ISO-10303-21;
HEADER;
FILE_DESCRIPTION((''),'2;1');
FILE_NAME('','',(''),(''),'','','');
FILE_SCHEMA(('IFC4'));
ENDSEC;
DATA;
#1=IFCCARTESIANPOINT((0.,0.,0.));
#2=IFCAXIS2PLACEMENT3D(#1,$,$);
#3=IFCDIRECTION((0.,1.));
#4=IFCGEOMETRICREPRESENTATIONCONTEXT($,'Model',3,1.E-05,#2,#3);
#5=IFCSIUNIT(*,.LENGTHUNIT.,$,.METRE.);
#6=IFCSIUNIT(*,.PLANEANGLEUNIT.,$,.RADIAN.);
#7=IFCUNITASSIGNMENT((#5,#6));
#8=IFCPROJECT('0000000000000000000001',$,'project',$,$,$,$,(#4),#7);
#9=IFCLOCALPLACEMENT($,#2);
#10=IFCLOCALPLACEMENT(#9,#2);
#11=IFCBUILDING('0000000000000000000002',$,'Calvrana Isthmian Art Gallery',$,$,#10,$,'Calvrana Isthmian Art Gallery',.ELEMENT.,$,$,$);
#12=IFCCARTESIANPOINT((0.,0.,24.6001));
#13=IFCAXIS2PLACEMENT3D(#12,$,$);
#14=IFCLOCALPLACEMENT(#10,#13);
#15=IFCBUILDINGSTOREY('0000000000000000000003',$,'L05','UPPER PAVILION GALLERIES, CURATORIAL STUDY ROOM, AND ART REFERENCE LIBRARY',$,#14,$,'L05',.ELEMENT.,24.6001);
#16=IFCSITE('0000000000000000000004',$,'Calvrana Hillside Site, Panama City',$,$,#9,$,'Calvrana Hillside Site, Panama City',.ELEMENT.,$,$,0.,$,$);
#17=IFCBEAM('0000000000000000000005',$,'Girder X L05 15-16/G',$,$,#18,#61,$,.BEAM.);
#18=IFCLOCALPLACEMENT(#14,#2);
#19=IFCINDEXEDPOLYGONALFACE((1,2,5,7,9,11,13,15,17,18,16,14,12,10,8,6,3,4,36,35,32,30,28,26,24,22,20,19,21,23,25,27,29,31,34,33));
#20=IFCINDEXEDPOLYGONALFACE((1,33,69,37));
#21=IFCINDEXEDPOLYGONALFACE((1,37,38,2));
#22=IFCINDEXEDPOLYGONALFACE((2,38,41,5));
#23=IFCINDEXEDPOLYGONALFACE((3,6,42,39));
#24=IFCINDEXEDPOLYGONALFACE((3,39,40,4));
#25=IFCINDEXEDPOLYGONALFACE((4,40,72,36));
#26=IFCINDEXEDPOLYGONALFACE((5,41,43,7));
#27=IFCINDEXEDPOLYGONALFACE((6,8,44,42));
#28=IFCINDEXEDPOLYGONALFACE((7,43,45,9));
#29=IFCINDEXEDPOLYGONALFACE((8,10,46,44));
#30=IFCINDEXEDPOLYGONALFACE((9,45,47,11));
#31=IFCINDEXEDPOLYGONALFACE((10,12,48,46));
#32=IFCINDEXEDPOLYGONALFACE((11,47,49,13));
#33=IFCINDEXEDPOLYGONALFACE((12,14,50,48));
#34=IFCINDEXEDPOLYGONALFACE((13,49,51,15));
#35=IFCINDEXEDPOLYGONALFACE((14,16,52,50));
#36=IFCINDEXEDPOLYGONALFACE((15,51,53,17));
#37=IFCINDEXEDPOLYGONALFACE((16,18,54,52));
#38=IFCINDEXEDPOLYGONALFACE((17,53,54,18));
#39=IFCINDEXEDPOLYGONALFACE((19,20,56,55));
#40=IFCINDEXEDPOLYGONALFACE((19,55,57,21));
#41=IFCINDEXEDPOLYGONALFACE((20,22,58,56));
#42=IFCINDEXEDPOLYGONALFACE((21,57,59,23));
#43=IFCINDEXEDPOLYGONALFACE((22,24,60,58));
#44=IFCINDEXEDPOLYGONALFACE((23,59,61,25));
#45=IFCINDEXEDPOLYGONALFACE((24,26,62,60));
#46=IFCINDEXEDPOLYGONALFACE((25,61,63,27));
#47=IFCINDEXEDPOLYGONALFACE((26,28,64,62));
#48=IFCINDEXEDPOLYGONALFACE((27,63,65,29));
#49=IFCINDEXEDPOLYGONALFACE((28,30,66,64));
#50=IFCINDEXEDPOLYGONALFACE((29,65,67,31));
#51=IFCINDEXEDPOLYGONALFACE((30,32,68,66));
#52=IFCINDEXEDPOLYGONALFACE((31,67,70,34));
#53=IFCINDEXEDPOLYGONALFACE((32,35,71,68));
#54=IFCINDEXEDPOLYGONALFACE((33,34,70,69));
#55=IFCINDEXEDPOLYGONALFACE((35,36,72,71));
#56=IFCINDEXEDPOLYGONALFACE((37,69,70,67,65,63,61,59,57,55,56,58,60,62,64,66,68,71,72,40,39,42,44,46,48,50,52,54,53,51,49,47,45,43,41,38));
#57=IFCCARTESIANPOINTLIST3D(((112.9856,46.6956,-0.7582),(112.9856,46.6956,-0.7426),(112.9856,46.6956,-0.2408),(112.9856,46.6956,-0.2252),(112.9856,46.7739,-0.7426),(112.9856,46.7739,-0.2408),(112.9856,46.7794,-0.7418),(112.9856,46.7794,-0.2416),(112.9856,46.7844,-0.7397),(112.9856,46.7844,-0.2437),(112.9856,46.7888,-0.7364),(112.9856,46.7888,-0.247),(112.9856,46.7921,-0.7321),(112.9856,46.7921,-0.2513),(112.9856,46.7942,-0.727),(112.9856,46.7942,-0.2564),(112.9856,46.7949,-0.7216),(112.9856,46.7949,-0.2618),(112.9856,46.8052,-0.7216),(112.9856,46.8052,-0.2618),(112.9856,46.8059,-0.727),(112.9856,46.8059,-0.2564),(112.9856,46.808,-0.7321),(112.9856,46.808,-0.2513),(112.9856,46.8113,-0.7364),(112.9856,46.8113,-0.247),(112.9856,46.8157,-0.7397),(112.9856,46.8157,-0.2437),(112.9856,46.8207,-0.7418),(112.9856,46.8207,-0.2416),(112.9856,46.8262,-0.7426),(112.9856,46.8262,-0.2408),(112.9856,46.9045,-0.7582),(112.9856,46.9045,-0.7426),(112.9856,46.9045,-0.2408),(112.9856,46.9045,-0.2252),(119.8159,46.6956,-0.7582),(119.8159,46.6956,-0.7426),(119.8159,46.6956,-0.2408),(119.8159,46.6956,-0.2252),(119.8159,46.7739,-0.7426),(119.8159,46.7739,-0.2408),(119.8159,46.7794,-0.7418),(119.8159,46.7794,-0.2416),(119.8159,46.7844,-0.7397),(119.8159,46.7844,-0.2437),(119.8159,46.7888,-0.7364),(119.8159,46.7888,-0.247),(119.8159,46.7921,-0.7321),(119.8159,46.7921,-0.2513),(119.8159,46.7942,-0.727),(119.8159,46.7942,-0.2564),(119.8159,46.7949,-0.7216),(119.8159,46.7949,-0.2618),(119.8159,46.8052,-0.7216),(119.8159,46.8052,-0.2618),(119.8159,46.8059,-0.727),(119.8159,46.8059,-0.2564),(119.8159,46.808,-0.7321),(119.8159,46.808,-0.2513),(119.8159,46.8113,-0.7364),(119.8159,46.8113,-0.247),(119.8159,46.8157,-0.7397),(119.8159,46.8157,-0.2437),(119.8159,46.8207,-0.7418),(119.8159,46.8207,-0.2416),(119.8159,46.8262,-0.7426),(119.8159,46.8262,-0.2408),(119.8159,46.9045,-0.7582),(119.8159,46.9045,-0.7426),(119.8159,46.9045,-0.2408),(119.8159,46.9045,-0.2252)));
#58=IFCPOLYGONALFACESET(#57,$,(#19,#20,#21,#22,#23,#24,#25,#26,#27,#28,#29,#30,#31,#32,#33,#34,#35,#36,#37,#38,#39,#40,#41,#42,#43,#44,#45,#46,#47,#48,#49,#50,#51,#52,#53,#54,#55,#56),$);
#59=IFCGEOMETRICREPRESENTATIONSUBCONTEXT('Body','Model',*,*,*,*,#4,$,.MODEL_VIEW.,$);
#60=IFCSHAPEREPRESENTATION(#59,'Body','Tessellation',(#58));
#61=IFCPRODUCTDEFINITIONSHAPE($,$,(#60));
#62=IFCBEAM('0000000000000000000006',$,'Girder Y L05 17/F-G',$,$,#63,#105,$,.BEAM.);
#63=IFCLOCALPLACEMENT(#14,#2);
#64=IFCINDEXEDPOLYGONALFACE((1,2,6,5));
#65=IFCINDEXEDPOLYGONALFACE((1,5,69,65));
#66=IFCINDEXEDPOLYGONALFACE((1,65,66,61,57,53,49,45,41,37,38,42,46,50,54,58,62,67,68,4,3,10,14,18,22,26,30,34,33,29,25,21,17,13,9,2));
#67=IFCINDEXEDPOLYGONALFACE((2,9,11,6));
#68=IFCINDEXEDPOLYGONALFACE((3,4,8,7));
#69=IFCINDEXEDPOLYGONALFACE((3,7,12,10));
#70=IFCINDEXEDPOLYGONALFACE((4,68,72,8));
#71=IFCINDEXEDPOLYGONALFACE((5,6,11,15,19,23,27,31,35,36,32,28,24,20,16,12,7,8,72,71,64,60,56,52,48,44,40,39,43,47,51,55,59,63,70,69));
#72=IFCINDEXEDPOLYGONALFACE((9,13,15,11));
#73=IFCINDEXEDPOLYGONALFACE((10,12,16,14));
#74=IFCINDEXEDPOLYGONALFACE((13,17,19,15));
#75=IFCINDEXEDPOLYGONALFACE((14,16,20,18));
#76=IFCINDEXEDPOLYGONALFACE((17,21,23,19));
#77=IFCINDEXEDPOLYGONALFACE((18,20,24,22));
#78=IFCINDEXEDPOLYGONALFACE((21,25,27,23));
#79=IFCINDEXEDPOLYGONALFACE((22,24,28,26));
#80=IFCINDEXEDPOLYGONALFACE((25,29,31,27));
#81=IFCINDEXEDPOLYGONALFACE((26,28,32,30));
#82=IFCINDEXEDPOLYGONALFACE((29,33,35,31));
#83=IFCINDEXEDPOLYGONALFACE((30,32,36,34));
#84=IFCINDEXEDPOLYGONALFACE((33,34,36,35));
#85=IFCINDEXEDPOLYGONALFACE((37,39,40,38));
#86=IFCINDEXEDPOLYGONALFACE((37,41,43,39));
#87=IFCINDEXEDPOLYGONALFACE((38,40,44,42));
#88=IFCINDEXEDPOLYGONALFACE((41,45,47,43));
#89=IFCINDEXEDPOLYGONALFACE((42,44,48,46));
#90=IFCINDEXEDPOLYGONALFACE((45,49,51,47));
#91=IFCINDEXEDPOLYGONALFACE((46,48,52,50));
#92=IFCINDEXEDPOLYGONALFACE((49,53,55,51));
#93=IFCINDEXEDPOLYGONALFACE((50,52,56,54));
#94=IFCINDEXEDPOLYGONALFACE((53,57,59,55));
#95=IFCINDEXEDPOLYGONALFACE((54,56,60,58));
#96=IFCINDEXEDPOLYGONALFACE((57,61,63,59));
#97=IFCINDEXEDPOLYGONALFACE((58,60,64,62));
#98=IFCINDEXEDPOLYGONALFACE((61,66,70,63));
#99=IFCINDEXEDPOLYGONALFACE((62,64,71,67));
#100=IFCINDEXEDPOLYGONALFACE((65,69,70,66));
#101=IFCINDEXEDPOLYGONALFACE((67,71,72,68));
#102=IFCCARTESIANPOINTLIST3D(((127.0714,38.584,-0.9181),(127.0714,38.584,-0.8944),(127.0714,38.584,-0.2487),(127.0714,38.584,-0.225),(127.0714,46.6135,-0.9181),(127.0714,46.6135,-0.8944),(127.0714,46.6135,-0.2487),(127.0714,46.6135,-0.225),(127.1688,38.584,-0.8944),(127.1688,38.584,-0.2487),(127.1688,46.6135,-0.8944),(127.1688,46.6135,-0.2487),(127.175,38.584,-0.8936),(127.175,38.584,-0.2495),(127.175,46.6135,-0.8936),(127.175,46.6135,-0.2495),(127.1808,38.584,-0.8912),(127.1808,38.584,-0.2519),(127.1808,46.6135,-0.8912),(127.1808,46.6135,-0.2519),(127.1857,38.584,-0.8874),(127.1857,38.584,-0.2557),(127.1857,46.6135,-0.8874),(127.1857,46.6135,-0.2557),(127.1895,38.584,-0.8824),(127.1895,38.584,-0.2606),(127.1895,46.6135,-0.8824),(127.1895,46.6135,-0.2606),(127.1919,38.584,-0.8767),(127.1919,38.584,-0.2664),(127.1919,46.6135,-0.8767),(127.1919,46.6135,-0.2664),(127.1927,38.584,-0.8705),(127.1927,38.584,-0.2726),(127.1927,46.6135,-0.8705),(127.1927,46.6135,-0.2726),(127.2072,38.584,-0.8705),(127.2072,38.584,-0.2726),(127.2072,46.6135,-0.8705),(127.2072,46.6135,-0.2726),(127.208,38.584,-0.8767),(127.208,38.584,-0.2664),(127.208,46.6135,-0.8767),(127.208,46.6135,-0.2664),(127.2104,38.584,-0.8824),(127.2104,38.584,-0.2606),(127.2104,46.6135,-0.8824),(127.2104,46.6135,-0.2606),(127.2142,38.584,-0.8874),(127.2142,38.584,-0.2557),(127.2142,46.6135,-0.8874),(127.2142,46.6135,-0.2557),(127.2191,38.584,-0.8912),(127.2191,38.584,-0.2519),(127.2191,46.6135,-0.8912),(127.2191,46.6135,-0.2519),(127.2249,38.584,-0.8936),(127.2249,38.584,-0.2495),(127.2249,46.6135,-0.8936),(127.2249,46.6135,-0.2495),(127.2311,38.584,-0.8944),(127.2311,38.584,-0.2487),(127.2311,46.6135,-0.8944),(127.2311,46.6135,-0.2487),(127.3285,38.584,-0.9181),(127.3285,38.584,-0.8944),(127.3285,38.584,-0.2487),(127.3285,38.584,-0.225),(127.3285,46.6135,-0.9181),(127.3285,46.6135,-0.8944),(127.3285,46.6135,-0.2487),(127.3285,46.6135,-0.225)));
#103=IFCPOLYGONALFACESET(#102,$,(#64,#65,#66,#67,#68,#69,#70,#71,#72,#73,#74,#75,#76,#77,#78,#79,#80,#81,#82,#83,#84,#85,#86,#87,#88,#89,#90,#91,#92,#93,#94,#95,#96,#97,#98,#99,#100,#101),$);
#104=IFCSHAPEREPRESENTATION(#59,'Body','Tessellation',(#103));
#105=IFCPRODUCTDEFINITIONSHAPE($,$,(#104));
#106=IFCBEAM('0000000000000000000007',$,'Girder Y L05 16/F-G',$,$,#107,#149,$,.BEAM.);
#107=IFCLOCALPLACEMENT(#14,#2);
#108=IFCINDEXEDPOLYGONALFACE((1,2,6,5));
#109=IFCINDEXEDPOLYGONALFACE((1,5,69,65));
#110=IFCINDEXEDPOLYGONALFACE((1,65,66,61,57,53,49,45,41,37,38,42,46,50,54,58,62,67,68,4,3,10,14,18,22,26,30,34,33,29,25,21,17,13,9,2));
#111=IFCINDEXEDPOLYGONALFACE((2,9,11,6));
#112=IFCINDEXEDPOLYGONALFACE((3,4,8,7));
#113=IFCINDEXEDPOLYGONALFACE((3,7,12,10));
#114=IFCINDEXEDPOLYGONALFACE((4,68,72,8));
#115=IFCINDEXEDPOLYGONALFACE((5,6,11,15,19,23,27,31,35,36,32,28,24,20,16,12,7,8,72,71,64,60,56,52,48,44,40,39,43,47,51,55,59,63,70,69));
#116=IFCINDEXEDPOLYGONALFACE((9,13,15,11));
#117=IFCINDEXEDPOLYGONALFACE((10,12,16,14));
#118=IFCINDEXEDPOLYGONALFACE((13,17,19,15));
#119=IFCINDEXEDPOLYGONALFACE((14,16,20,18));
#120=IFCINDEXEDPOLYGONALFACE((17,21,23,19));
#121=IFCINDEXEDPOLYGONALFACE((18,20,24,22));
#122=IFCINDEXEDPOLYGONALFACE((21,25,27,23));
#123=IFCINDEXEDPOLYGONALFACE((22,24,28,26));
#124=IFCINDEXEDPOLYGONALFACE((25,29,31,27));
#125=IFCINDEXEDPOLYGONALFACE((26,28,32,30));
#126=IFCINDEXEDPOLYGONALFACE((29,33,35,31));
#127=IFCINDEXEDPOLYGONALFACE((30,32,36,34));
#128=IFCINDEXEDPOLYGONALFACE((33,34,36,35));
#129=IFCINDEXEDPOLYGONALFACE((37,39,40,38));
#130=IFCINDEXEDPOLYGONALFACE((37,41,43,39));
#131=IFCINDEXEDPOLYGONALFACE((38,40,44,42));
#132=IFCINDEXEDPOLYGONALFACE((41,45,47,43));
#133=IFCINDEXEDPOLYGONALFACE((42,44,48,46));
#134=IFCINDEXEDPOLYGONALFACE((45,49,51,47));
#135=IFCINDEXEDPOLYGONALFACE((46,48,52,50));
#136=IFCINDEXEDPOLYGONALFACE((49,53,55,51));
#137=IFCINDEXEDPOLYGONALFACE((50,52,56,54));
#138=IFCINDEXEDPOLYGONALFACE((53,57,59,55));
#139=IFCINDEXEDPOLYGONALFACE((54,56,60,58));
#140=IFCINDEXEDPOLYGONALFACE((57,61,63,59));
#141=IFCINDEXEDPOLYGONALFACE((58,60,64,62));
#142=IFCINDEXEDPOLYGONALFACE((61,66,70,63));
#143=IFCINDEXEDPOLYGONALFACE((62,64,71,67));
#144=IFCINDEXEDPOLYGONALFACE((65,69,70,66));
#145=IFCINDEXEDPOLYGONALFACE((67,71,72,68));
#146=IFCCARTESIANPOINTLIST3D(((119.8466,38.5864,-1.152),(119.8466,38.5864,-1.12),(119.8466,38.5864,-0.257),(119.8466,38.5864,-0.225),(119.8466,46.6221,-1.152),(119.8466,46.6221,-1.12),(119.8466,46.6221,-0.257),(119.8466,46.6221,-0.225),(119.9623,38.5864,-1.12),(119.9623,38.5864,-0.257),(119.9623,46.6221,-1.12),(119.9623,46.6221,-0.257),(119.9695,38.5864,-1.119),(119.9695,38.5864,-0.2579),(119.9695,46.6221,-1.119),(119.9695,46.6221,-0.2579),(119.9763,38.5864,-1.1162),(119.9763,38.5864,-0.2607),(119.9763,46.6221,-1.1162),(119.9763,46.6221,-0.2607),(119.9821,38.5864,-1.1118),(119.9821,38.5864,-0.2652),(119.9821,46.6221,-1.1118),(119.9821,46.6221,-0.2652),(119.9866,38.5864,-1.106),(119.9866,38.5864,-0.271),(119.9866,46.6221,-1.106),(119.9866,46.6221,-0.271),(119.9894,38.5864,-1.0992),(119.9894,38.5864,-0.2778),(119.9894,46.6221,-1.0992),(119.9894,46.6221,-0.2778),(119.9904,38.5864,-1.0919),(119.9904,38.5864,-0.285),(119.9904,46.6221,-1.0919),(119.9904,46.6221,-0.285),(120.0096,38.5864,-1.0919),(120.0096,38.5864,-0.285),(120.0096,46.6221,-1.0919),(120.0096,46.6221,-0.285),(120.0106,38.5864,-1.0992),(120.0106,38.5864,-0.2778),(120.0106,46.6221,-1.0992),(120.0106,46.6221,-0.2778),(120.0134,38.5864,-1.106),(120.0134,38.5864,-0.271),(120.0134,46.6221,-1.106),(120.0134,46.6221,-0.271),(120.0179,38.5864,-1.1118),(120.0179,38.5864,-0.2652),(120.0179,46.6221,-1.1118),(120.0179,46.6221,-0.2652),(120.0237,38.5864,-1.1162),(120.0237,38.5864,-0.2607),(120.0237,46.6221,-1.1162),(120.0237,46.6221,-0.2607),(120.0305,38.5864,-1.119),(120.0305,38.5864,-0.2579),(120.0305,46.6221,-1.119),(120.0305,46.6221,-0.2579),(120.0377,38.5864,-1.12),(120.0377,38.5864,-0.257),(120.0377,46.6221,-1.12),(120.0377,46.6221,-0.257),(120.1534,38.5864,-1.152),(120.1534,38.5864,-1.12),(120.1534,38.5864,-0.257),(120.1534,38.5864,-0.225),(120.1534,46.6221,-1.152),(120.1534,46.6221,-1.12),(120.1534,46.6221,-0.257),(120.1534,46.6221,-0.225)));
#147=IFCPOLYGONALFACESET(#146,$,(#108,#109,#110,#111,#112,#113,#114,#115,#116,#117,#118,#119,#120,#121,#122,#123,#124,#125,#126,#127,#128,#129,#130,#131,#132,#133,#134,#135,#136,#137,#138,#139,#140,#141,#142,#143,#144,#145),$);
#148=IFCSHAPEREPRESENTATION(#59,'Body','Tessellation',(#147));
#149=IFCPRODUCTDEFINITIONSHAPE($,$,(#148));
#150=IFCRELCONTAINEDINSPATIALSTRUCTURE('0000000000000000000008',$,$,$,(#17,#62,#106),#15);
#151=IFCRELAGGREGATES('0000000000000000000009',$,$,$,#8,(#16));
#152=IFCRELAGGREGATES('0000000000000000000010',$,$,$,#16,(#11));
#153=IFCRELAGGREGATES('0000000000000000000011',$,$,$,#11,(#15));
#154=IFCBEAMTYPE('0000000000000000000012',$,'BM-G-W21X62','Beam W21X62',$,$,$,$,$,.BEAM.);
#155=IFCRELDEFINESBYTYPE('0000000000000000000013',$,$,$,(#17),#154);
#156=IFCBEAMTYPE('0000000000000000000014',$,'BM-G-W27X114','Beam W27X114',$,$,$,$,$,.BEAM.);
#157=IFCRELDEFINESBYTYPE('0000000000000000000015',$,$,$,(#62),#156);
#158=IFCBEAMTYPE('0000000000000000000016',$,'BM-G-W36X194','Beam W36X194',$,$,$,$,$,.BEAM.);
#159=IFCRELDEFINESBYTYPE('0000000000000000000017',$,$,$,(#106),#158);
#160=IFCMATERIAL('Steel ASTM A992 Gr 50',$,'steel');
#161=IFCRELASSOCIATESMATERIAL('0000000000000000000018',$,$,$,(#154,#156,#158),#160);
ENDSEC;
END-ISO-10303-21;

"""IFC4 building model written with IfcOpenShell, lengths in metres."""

from ifc_helpers import new_model, si_unit, direction, frame, origin, origin_2d, place, context, subcontext, project, spatial, i_section, extrude, material, material_profile, profile_set, type_object, element, save


model = new_model("IFC4")

# Units and contexts
model_context = context("Model", 3, precision=1e-05, world=origin(), true_north=direction((0.0, 1.0)))
body_context = subcontext(model_context, "Body", "Model", "MODEL_VIEW")
ifc_project = project(units=[si_unit("LENGTHUNIT", "METRE"), si_unit("PLANEANGLEUNIT", "RADIAN")], contexts=[model_context])

# Site, building, storey
site_placement = place(None, origin())
site = spatial("IfcSite", under=ifc_project, at=site_placement, Name="Calvrana Hillside Site, Panama City", LongName="Calvrana Hillside Site, Panama City", CompositionType="ELEMENT", RefElevation=0.0)
building_placement = place(site_placement, origin())
building = spatial("IfcBuilding", under=site, at=building_placement, Name="Calvrana Isthmian Art Gallery", LongName="Calvrana Isthmian Art Gallery", CompositionType="ELEMENT")
storey_placement = place(building_placement, frame((0.0, 0.0, 24.6001)))
storey = spatial("IfcBuildingStorey", under=building, at=storey_placement, Name="L05", Description="UPPER PAVILION GALLERIES, CURATORIAL STUDY ROOM, AND ART REFERENCE LIBRARY", LongName="L05", CompositionType="ELEMENT", Elevation=24.6001)

# Beams
ifc_material_1 = material(Name="Steel ASTM A992 Gr 50", Category="steel")
ifc_material_profile_1 = material_profile(ifc_material_1, i_section(OverallWidth=0.209, OverallDepth=0.533, WebThickness=0.0103, FlangeThickness=0.0156, FilletRadius=0.021, at=origin_2d()), Name="W21X62")
ifc_profile_set_1 = profile_set([ifc_material_profile_1], Name="Steel ASTM A992 Gr 50")
beam_type_1 = type_object("IfcBeamType", Name="BM-G-W21X62", Description="Beam W21X62", PredefinedType="BEAM", material=ifc_profile_set_1)
beam_1_placement = place(storey_placement, frame((112.9856, 46.8, -0.4917), z_axis=(1.0, 0.0, 0.0), x_axis=(0.0, 1.0, 0.0)))
element("IfcBeam", 1, at=beam_1_placement, inside=storey, type_object=beam_type_1, Name="Girder X L05 15-16/G", PredefinedType="BEAM", context=body_context, shape_type="SweptSolid", body=[
    extrude(i_section(OverallWidth=0.209, OverallDepth=0.533, WebThickness=0.0103, FlangeThickness=0.0156, FilletRadius=0.021, at=origin_2d()), origin(), (0.0, 0.0, 1.0), 6.8303),
])
ifc_material_profile_2 = material_profile(ifc_material_1, i_section(OverallWidth=0.2571, OverallDepth=0.6931, WebThickness=0.0144, FlangeThickness=0.0237, FilletRadius=0.0239, at=origin_2d()), Name="W27X114")
ifc_profile_set_2 = profile_set([ifc_material_profile_2], Name="Steel ASTM A992 Gr 50")
beam_type_2 = type_object("IfcBeamType", Name="BM-G-W27X114", Description="Beam W27X114", PredefinedType="BEAM", material=ifc_profile_set_2)
beam_2_placement = place(storey_placement, frame((127.2, 38.584, -0.5715), z_axis=(0.0, 1.0, 0.0), x_axis=(-1.0, 0.0, 0.0)))
element("IfcBeam", 2, at=beam_2_placement, inside=storey, type_object=beam_type_2, Name="Girder Y L05 17/F-G", PredefinedType="BEAM", context=body_context, shape_type="SweptSolid", body=[
    extrude(i_section(OverallWidth=0.2571, OverallDepth=0.6931, WebThickness=0.0144, FlangeThickness=0.0237, FilletRadius=0.0239, at=origin_2d()), origin(), (0.0, 0.0, 1.0), 8.0295),
])
ifc_material_profile_3 = material_profile(ifc_material_1, i_section(OverallWidth=0.3069, OverallDepth=0.927, WebThickness=0.0193, FlangeThickness=0.032, FilletRadius=0.0281, at=origin_2d()), Name="W36X194")
ifc_profile_set_3 = profile_set([ifc_material_profile_3], Name="Steel ASTM A992 Gr 50")
beam_type_3 = type_object("IfcBeamType", Name="BM-G-W36X194", Description="Beam W36X194", PredefinedType="BEAM", material=ifc_profile_set_3)
beam_3_placement = place(storey_placement, frame((120.0, 38.5864, -0.6885), z_axis=(0.0, 1.0, 0.0), x_axis=(-1.0, 0.0, 0.0)))
element("IfcBeam", 3, at=beam_3_placement, inside=storey, type_object=beam_type_3, Name="Girder Y L05 16/F-G", PredefinedType="BEAM", context=body_context, shape_type="SweptSolid", body=[
    extrude(i_section(OverallWidth=0.3069, OverallDepth=0.927, WebThickness=0.0193, FlangeThickness=0.032, FilletRadius=0.0281, at=origin_2d()), origin(), (0.0, 0.0, 1.0), 8.0356),
])

save(model, "model.ifc")
